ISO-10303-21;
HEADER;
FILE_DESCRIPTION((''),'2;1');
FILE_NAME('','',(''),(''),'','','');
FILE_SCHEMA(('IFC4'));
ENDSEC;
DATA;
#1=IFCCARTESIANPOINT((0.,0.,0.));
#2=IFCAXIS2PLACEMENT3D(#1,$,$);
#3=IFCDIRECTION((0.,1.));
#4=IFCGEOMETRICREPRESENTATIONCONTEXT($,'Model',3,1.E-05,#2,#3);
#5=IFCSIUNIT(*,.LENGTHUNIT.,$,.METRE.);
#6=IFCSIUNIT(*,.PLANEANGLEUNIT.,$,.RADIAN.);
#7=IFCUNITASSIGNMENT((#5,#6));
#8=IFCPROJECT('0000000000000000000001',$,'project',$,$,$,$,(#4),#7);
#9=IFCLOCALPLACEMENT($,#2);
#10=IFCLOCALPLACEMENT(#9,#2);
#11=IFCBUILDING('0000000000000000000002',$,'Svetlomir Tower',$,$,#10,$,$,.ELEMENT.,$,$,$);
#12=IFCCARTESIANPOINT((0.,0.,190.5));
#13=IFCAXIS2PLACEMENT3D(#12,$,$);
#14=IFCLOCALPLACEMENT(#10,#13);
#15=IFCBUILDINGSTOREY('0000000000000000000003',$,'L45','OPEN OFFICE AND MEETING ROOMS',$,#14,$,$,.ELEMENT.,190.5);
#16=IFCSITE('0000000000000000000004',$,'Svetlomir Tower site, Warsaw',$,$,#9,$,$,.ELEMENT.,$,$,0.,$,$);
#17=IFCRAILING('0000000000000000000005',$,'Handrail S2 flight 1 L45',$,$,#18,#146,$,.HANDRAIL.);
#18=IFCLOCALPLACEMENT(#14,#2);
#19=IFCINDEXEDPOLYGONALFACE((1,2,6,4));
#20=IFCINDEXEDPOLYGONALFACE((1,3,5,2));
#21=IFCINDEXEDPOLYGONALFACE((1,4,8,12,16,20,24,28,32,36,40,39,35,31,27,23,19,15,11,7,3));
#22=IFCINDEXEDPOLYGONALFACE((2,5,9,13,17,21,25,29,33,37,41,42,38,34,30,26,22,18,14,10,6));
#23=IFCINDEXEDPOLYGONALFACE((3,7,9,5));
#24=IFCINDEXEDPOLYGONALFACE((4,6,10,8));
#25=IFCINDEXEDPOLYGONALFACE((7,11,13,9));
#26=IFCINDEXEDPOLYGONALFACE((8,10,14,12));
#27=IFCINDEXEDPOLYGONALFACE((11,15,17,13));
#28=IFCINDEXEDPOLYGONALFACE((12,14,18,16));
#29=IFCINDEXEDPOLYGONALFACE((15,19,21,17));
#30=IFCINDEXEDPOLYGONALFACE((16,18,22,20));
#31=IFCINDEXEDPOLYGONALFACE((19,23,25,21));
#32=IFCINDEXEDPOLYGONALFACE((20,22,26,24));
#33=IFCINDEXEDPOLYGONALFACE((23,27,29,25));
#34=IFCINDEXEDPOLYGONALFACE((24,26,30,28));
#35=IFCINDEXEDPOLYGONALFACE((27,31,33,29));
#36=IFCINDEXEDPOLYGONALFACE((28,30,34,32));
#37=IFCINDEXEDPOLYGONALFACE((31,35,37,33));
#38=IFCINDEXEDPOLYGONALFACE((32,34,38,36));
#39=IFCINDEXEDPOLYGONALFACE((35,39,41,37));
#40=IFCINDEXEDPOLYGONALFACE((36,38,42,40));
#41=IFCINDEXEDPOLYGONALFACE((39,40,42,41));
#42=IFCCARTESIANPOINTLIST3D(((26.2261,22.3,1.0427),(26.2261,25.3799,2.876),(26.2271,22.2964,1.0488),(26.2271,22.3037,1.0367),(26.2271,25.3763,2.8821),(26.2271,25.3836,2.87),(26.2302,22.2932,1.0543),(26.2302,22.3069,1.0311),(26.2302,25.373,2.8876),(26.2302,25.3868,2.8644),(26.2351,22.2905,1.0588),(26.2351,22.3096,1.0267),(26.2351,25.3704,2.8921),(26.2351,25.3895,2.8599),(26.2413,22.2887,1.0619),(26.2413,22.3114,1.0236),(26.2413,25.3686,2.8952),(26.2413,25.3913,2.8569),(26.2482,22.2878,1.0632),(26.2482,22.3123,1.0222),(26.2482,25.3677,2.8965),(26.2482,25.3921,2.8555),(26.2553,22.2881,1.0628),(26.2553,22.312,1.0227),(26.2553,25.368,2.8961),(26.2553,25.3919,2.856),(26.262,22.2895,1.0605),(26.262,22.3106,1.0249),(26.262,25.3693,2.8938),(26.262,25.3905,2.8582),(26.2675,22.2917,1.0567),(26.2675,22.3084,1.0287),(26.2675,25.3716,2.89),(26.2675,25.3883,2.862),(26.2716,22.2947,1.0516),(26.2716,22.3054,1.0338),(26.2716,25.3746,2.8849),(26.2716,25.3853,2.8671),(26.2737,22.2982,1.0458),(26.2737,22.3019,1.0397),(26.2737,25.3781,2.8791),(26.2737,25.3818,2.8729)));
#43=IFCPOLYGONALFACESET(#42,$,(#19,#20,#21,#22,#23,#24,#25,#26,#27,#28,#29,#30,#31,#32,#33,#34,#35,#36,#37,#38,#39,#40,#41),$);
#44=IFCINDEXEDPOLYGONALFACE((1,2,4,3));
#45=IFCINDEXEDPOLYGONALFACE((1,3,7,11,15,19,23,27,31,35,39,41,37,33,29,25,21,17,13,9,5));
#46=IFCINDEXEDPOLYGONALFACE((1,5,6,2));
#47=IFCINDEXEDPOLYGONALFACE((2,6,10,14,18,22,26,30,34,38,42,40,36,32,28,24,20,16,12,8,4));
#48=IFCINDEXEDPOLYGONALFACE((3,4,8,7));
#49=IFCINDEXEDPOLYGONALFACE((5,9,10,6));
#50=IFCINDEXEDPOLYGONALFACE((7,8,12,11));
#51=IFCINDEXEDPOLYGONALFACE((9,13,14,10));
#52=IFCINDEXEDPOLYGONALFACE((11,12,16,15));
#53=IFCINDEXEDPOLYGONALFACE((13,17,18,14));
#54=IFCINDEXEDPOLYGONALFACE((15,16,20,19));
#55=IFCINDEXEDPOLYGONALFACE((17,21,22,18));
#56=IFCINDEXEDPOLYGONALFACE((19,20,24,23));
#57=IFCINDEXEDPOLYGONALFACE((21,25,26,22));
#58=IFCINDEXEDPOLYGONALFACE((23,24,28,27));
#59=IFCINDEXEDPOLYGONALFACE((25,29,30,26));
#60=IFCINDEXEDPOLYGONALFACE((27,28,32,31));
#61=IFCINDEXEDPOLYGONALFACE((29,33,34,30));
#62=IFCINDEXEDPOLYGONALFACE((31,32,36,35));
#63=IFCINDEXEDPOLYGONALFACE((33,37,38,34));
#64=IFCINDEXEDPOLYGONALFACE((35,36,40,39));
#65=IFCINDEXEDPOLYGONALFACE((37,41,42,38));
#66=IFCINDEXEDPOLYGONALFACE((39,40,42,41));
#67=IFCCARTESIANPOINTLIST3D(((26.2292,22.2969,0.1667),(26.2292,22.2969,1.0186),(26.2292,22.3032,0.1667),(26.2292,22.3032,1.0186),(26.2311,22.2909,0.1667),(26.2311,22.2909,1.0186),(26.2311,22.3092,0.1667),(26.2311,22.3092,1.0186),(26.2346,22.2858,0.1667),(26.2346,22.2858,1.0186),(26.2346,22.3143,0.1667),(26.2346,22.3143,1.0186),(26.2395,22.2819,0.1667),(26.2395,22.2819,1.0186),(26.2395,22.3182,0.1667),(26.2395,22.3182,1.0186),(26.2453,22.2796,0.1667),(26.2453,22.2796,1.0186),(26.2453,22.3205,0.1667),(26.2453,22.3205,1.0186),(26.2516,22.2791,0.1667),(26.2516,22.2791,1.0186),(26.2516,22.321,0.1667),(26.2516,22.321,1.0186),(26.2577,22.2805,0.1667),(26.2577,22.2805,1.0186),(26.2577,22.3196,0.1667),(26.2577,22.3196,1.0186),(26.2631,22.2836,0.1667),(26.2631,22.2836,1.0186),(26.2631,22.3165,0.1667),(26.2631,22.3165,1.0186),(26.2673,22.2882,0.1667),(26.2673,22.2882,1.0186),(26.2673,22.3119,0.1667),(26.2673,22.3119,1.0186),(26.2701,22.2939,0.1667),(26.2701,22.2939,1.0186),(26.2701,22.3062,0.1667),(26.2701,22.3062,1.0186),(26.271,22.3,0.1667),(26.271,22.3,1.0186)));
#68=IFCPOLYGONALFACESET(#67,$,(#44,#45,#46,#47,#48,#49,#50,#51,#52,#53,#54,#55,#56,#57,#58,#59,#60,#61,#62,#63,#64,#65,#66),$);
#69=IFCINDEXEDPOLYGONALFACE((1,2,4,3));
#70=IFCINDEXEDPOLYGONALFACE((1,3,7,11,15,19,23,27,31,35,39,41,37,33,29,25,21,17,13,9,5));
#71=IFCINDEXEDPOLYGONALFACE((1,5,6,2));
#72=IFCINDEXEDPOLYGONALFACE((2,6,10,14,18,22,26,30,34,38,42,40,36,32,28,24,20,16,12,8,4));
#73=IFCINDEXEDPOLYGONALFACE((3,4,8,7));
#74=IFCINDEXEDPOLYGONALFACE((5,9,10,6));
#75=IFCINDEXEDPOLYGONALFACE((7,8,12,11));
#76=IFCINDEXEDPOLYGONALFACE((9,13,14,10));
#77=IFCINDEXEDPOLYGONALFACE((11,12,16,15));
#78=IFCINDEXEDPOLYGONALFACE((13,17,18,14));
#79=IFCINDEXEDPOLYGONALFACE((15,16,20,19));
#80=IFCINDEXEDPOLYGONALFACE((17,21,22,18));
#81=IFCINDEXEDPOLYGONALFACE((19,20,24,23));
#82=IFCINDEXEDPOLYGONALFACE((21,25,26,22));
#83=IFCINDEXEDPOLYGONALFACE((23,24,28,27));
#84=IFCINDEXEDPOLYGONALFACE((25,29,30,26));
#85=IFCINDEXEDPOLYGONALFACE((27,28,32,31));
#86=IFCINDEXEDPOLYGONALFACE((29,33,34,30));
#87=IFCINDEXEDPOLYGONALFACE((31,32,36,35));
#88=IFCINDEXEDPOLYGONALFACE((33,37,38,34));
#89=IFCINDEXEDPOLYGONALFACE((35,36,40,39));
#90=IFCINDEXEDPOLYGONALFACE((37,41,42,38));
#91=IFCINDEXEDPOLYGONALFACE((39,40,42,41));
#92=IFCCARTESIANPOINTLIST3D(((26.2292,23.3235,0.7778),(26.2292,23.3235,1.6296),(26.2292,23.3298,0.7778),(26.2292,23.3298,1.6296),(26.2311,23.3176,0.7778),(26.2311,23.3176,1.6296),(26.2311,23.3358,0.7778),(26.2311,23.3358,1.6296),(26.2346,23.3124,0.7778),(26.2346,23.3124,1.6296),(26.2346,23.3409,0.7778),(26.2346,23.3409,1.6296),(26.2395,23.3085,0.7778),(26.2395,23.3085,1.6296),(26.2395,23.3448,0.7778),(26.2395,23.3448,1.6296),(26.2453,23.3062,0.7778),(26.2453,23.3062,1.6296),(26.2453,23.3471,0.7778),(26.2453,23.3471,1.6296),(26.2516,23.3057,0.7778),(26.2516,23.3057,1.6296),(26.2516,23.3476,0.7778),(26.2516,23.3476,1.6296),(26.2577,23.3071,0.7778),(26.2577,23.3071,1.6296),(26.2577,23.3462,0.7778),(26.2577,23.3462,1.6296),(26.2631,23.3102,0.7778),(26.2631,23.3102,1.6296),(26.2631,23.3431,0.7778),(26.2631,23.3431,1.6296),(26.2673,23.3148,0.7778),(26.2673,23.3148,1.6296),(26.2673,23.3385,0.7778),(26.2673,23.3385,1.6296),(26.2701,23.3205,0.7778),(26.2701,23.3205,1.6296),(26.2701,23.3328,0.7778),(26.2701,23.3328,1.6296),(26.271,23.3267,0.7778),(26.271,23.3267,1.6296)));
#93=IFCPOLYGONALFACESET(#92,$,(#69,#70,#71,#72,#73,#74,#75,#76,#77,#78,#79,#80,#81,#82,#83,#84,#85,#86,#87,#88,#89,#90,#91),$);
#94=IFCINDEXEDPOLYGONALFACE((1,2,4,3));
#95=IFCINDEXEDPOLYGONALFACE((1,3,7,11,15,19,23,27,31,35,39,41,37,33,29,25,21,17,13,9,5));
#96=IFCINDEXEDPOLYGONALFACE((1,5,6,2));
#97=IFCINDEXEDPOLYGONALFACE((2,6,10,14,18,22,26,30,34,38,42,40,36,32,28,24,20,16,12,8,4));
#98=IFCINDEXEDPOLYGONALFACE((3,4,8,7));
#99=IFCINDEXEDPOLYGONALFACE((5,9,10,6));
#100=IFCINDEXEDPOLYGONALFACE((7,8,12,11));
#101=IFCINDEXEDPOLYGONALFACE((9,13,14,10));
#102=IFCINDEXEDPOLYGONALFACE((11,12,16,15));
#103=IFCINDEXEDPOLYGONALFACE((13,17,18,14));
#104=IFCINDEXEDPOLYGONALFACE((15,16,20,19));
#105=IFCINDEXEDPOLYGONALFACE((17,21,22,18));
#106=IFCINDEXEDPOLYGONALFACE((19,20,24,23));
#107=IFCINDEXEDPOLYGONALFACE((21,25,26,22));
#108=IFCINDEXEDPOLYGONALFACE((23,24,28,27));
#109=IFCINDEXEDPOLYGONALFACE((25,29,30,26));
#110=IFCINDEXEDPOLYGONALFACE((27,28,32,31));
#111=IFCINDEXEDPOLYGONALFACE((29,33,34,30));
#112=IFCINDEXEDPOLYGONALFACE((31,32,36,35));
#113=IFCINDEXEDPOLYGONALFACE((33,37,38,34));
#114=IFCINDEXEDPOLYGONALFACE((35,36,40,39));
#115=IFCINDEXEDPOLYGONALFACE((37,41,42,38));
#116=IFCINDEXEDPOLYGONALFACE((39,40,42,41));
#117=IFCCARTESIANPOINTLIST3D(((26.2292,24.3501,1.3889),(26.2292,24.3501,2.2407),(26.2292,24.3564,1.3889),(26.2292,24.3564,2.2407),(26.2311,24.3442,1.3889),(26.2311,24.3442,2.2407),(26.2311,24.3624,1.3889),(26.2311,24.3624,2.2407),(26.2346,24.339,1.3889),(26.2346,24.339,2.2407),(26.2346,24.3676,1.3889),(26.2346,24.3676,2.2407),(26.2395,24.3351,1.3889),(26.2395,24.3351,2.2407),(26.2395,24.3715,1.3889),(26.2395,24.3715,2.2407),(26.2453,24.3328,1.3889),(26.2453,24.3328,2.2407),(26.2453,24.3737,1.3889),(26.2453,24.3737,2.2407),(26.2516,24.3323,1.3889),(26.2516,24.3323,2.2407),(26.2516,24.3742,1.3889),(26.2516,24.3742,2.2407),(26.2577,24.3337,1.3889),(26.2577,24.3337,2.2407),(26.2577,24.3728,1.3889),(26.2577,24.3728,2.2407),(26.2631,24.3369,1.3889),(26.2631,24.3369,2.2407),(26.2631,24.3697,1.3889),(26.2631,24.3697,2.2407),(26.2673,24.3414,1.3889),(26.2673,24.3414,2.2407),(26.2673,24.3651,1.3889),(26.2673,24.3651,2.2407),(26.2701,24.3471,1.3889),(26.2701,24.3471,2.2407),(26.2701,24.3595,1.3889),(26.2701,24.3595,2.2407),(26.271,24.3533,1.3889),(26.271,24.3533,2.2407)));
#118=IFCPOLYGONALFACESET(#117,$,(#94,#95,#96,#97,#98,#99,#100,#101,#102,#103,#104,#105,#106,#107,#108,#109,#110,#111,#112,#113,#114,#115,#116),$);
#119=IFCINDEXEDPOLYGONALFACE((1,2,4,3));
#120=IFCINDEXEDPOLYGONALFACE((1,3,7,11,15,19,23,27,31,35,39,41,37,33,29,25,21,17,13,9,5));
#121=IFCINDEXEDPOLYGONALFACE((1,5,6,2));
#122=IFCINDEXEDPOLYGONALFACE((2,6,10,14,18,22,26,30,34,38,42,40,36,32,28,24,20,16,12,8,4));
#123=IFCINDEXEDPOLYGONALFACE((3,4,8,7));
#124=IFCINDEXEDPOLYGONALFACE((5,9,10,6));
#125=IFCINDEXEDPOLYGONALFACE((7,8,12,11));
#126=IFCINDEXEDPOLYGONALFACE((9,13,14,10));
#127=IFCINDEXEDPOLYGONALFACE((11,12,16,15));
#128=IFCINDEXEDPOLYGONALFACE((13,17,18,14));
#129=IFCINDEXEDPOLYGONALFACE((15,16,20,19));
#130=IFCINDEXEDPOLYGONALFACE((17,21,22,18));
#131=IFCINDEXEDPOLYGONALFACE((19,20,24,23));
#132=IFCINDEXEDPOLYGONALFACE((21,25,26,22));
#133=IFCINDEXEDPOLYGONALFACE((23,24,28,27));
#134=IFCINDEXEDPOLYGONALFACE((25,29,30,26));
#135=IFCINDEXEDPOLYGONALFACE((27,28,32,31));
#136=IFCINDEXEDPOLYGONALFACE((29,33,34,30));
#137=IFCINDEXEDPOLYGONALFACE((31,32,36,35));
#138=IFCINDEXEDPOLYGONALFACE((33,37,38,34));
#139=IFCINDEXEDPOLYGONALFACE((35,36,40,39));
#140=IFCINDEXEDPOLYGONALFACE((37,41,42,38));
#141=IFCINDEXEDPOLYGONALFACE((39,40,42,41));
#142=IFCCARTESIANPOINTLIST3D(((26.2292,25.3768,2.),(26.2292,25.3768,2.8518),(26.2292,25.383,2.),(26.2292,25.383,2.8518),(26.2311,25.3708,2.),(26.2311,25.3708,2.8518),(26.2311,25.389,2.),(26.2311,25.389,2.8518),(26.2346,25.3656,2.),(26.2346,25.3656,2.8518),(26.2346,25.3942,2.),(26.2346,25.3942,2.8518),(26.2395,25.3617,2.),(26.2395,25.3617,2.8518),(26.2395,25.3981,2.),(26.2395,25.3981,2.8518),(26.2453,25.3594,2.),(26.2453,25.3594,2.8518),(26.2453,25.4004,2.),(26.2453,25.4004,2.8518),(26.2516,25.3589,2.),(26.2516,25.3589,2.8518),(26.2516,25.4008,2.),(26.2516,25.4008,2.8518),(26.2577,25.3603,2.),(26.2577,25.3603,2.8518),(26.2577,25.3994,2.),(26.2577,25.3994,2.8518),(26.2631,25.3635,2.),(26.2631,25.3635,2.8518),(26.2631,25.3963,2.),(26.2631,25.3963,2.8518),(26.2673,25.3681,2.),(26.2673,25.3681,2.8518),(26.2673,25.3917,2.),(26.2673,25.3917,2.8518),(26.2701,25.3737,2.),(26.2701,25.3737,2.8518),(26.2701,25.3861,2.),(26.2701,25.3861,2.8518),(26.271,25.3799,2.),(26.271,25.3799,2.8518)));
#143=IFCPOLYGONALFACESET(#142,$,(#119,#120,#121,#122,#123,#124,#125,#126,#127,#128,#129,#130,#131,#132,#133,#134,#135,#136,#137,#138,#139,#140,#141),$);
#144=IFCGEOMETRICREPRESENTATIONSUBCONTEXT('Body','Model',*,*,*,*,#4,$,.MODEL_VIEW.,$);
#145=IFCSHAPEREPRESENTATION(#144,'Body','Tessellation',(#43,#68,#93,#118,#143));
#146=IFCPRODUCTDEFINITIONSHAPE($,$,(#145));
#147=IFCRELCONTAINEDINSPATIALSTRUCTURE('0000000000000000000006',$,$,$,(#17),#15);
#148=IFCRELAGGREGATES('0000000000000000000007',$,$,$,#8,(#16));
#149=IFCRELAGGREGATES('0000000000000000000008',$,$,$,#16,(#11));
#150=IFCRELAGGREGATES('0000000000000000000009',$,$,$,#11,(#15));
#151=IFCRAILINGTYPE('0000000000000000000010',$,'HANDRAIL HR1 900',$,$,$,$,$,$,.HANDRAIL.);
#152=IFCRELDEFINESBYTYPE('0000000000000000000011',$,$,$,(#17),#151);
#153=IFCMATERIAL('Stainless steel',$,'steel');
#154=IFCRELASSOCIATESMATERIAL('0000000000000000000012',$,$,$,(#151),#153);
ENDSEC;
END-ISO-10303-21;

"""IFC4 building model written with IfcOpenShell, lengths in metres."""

from ifc_helpers import new_model, si_unit, direction, frame, origin, origin_2d, place, context, subcontext, project, spatial, circle, extrude, material, type_object, element, save


model = new_model("IFC4")

# Units and contexts
model_context = context("Model", 3, precision=1e-05, world=origin(), true_north=direction((0.0, 1.0)))
body_context = subcontext(model_context, "Body", "Model", "MODEL_VIEW")
ifc_project = project(units=[si_unit("LENGTHUNIT", "METRE"), si_unit("PLANEANGLEUNIT", "RADIAN")], contexts=[model_context])

# Site, building, storey
site_placement = place(None, origin())
site = spatial("IfcSite", under=ifc_project, at=site_placement, Name="Svetlomir Tower site, Warsaw", CompositionType="ELEMENT", RefElevation=0.0)
building_placement = place(site_placement, origin())
building = spatial("IfcBuilding", under=site, at=building_placement, Name="Svetlomir Tower", CompositionType="ELEMENT")
storey_placement = place(building_placement, frame((0.0, 0.0, 190.5)))
storey = spatial("IfcBuildingStorey", under=building, at=storey_placement, Name="L45", Description="OPEN OFFICE AND MEETING ROOMS", CompositionType="ELEMENT", Elevation=190.5)

# Railing
ifc_material_1 = material(Name="Stainless steel", Category="steel")
railing_type = type_object("IfcRailingType", Name="HANDRAIL HR1 900", PredefinedType="HANDRAIL", material=ifc_material_1)
railing_1_placement = place(storey_placement, frame((26.25, 22.3, 0.1667)))
element("IfcRailing", 1, at=railing_1_placement, inside=storey, type_object=railing_type, Name="Handrail S2 flight 1 L45", PredefinedType="HANDRAIL", context=body_context, shape_type="SweptSolid", body=[
    extrude(circle(Radius=0.0239, at=origin_2d()), frame((0.0, 0.0, 0.876), z_axis=(0.0, 0.859291, 0.511487), x_axis=(-1.0, 0.0, 0.0)), (0.0, 0.0, 1.0), 3.5842),
    extrude(circle(Radius=0.021, at=origin_2d()), origin(), (0.0, 0.0, 1.0), 0.8518),
    extrude(circle(Radius=0.021, at=origin_2d()), frame((0.0, 1.0266, 0.6111)), (0.0, 0.0, 1.0), 0.8518),
    extrude(circle(Radius=0.021, at=origin_2d()), frame((0.0, 2.0532, 1.2222)), (0.0, 0.0, 1.0), 0.8518),
    extrude(circle(Radius=0.021, at=origin_2d()), frame((0.0, 3.0798, 1.8333)), (0.0, 0.0, 1.0), 0.8518),
])

save(model, "model.ifc")
